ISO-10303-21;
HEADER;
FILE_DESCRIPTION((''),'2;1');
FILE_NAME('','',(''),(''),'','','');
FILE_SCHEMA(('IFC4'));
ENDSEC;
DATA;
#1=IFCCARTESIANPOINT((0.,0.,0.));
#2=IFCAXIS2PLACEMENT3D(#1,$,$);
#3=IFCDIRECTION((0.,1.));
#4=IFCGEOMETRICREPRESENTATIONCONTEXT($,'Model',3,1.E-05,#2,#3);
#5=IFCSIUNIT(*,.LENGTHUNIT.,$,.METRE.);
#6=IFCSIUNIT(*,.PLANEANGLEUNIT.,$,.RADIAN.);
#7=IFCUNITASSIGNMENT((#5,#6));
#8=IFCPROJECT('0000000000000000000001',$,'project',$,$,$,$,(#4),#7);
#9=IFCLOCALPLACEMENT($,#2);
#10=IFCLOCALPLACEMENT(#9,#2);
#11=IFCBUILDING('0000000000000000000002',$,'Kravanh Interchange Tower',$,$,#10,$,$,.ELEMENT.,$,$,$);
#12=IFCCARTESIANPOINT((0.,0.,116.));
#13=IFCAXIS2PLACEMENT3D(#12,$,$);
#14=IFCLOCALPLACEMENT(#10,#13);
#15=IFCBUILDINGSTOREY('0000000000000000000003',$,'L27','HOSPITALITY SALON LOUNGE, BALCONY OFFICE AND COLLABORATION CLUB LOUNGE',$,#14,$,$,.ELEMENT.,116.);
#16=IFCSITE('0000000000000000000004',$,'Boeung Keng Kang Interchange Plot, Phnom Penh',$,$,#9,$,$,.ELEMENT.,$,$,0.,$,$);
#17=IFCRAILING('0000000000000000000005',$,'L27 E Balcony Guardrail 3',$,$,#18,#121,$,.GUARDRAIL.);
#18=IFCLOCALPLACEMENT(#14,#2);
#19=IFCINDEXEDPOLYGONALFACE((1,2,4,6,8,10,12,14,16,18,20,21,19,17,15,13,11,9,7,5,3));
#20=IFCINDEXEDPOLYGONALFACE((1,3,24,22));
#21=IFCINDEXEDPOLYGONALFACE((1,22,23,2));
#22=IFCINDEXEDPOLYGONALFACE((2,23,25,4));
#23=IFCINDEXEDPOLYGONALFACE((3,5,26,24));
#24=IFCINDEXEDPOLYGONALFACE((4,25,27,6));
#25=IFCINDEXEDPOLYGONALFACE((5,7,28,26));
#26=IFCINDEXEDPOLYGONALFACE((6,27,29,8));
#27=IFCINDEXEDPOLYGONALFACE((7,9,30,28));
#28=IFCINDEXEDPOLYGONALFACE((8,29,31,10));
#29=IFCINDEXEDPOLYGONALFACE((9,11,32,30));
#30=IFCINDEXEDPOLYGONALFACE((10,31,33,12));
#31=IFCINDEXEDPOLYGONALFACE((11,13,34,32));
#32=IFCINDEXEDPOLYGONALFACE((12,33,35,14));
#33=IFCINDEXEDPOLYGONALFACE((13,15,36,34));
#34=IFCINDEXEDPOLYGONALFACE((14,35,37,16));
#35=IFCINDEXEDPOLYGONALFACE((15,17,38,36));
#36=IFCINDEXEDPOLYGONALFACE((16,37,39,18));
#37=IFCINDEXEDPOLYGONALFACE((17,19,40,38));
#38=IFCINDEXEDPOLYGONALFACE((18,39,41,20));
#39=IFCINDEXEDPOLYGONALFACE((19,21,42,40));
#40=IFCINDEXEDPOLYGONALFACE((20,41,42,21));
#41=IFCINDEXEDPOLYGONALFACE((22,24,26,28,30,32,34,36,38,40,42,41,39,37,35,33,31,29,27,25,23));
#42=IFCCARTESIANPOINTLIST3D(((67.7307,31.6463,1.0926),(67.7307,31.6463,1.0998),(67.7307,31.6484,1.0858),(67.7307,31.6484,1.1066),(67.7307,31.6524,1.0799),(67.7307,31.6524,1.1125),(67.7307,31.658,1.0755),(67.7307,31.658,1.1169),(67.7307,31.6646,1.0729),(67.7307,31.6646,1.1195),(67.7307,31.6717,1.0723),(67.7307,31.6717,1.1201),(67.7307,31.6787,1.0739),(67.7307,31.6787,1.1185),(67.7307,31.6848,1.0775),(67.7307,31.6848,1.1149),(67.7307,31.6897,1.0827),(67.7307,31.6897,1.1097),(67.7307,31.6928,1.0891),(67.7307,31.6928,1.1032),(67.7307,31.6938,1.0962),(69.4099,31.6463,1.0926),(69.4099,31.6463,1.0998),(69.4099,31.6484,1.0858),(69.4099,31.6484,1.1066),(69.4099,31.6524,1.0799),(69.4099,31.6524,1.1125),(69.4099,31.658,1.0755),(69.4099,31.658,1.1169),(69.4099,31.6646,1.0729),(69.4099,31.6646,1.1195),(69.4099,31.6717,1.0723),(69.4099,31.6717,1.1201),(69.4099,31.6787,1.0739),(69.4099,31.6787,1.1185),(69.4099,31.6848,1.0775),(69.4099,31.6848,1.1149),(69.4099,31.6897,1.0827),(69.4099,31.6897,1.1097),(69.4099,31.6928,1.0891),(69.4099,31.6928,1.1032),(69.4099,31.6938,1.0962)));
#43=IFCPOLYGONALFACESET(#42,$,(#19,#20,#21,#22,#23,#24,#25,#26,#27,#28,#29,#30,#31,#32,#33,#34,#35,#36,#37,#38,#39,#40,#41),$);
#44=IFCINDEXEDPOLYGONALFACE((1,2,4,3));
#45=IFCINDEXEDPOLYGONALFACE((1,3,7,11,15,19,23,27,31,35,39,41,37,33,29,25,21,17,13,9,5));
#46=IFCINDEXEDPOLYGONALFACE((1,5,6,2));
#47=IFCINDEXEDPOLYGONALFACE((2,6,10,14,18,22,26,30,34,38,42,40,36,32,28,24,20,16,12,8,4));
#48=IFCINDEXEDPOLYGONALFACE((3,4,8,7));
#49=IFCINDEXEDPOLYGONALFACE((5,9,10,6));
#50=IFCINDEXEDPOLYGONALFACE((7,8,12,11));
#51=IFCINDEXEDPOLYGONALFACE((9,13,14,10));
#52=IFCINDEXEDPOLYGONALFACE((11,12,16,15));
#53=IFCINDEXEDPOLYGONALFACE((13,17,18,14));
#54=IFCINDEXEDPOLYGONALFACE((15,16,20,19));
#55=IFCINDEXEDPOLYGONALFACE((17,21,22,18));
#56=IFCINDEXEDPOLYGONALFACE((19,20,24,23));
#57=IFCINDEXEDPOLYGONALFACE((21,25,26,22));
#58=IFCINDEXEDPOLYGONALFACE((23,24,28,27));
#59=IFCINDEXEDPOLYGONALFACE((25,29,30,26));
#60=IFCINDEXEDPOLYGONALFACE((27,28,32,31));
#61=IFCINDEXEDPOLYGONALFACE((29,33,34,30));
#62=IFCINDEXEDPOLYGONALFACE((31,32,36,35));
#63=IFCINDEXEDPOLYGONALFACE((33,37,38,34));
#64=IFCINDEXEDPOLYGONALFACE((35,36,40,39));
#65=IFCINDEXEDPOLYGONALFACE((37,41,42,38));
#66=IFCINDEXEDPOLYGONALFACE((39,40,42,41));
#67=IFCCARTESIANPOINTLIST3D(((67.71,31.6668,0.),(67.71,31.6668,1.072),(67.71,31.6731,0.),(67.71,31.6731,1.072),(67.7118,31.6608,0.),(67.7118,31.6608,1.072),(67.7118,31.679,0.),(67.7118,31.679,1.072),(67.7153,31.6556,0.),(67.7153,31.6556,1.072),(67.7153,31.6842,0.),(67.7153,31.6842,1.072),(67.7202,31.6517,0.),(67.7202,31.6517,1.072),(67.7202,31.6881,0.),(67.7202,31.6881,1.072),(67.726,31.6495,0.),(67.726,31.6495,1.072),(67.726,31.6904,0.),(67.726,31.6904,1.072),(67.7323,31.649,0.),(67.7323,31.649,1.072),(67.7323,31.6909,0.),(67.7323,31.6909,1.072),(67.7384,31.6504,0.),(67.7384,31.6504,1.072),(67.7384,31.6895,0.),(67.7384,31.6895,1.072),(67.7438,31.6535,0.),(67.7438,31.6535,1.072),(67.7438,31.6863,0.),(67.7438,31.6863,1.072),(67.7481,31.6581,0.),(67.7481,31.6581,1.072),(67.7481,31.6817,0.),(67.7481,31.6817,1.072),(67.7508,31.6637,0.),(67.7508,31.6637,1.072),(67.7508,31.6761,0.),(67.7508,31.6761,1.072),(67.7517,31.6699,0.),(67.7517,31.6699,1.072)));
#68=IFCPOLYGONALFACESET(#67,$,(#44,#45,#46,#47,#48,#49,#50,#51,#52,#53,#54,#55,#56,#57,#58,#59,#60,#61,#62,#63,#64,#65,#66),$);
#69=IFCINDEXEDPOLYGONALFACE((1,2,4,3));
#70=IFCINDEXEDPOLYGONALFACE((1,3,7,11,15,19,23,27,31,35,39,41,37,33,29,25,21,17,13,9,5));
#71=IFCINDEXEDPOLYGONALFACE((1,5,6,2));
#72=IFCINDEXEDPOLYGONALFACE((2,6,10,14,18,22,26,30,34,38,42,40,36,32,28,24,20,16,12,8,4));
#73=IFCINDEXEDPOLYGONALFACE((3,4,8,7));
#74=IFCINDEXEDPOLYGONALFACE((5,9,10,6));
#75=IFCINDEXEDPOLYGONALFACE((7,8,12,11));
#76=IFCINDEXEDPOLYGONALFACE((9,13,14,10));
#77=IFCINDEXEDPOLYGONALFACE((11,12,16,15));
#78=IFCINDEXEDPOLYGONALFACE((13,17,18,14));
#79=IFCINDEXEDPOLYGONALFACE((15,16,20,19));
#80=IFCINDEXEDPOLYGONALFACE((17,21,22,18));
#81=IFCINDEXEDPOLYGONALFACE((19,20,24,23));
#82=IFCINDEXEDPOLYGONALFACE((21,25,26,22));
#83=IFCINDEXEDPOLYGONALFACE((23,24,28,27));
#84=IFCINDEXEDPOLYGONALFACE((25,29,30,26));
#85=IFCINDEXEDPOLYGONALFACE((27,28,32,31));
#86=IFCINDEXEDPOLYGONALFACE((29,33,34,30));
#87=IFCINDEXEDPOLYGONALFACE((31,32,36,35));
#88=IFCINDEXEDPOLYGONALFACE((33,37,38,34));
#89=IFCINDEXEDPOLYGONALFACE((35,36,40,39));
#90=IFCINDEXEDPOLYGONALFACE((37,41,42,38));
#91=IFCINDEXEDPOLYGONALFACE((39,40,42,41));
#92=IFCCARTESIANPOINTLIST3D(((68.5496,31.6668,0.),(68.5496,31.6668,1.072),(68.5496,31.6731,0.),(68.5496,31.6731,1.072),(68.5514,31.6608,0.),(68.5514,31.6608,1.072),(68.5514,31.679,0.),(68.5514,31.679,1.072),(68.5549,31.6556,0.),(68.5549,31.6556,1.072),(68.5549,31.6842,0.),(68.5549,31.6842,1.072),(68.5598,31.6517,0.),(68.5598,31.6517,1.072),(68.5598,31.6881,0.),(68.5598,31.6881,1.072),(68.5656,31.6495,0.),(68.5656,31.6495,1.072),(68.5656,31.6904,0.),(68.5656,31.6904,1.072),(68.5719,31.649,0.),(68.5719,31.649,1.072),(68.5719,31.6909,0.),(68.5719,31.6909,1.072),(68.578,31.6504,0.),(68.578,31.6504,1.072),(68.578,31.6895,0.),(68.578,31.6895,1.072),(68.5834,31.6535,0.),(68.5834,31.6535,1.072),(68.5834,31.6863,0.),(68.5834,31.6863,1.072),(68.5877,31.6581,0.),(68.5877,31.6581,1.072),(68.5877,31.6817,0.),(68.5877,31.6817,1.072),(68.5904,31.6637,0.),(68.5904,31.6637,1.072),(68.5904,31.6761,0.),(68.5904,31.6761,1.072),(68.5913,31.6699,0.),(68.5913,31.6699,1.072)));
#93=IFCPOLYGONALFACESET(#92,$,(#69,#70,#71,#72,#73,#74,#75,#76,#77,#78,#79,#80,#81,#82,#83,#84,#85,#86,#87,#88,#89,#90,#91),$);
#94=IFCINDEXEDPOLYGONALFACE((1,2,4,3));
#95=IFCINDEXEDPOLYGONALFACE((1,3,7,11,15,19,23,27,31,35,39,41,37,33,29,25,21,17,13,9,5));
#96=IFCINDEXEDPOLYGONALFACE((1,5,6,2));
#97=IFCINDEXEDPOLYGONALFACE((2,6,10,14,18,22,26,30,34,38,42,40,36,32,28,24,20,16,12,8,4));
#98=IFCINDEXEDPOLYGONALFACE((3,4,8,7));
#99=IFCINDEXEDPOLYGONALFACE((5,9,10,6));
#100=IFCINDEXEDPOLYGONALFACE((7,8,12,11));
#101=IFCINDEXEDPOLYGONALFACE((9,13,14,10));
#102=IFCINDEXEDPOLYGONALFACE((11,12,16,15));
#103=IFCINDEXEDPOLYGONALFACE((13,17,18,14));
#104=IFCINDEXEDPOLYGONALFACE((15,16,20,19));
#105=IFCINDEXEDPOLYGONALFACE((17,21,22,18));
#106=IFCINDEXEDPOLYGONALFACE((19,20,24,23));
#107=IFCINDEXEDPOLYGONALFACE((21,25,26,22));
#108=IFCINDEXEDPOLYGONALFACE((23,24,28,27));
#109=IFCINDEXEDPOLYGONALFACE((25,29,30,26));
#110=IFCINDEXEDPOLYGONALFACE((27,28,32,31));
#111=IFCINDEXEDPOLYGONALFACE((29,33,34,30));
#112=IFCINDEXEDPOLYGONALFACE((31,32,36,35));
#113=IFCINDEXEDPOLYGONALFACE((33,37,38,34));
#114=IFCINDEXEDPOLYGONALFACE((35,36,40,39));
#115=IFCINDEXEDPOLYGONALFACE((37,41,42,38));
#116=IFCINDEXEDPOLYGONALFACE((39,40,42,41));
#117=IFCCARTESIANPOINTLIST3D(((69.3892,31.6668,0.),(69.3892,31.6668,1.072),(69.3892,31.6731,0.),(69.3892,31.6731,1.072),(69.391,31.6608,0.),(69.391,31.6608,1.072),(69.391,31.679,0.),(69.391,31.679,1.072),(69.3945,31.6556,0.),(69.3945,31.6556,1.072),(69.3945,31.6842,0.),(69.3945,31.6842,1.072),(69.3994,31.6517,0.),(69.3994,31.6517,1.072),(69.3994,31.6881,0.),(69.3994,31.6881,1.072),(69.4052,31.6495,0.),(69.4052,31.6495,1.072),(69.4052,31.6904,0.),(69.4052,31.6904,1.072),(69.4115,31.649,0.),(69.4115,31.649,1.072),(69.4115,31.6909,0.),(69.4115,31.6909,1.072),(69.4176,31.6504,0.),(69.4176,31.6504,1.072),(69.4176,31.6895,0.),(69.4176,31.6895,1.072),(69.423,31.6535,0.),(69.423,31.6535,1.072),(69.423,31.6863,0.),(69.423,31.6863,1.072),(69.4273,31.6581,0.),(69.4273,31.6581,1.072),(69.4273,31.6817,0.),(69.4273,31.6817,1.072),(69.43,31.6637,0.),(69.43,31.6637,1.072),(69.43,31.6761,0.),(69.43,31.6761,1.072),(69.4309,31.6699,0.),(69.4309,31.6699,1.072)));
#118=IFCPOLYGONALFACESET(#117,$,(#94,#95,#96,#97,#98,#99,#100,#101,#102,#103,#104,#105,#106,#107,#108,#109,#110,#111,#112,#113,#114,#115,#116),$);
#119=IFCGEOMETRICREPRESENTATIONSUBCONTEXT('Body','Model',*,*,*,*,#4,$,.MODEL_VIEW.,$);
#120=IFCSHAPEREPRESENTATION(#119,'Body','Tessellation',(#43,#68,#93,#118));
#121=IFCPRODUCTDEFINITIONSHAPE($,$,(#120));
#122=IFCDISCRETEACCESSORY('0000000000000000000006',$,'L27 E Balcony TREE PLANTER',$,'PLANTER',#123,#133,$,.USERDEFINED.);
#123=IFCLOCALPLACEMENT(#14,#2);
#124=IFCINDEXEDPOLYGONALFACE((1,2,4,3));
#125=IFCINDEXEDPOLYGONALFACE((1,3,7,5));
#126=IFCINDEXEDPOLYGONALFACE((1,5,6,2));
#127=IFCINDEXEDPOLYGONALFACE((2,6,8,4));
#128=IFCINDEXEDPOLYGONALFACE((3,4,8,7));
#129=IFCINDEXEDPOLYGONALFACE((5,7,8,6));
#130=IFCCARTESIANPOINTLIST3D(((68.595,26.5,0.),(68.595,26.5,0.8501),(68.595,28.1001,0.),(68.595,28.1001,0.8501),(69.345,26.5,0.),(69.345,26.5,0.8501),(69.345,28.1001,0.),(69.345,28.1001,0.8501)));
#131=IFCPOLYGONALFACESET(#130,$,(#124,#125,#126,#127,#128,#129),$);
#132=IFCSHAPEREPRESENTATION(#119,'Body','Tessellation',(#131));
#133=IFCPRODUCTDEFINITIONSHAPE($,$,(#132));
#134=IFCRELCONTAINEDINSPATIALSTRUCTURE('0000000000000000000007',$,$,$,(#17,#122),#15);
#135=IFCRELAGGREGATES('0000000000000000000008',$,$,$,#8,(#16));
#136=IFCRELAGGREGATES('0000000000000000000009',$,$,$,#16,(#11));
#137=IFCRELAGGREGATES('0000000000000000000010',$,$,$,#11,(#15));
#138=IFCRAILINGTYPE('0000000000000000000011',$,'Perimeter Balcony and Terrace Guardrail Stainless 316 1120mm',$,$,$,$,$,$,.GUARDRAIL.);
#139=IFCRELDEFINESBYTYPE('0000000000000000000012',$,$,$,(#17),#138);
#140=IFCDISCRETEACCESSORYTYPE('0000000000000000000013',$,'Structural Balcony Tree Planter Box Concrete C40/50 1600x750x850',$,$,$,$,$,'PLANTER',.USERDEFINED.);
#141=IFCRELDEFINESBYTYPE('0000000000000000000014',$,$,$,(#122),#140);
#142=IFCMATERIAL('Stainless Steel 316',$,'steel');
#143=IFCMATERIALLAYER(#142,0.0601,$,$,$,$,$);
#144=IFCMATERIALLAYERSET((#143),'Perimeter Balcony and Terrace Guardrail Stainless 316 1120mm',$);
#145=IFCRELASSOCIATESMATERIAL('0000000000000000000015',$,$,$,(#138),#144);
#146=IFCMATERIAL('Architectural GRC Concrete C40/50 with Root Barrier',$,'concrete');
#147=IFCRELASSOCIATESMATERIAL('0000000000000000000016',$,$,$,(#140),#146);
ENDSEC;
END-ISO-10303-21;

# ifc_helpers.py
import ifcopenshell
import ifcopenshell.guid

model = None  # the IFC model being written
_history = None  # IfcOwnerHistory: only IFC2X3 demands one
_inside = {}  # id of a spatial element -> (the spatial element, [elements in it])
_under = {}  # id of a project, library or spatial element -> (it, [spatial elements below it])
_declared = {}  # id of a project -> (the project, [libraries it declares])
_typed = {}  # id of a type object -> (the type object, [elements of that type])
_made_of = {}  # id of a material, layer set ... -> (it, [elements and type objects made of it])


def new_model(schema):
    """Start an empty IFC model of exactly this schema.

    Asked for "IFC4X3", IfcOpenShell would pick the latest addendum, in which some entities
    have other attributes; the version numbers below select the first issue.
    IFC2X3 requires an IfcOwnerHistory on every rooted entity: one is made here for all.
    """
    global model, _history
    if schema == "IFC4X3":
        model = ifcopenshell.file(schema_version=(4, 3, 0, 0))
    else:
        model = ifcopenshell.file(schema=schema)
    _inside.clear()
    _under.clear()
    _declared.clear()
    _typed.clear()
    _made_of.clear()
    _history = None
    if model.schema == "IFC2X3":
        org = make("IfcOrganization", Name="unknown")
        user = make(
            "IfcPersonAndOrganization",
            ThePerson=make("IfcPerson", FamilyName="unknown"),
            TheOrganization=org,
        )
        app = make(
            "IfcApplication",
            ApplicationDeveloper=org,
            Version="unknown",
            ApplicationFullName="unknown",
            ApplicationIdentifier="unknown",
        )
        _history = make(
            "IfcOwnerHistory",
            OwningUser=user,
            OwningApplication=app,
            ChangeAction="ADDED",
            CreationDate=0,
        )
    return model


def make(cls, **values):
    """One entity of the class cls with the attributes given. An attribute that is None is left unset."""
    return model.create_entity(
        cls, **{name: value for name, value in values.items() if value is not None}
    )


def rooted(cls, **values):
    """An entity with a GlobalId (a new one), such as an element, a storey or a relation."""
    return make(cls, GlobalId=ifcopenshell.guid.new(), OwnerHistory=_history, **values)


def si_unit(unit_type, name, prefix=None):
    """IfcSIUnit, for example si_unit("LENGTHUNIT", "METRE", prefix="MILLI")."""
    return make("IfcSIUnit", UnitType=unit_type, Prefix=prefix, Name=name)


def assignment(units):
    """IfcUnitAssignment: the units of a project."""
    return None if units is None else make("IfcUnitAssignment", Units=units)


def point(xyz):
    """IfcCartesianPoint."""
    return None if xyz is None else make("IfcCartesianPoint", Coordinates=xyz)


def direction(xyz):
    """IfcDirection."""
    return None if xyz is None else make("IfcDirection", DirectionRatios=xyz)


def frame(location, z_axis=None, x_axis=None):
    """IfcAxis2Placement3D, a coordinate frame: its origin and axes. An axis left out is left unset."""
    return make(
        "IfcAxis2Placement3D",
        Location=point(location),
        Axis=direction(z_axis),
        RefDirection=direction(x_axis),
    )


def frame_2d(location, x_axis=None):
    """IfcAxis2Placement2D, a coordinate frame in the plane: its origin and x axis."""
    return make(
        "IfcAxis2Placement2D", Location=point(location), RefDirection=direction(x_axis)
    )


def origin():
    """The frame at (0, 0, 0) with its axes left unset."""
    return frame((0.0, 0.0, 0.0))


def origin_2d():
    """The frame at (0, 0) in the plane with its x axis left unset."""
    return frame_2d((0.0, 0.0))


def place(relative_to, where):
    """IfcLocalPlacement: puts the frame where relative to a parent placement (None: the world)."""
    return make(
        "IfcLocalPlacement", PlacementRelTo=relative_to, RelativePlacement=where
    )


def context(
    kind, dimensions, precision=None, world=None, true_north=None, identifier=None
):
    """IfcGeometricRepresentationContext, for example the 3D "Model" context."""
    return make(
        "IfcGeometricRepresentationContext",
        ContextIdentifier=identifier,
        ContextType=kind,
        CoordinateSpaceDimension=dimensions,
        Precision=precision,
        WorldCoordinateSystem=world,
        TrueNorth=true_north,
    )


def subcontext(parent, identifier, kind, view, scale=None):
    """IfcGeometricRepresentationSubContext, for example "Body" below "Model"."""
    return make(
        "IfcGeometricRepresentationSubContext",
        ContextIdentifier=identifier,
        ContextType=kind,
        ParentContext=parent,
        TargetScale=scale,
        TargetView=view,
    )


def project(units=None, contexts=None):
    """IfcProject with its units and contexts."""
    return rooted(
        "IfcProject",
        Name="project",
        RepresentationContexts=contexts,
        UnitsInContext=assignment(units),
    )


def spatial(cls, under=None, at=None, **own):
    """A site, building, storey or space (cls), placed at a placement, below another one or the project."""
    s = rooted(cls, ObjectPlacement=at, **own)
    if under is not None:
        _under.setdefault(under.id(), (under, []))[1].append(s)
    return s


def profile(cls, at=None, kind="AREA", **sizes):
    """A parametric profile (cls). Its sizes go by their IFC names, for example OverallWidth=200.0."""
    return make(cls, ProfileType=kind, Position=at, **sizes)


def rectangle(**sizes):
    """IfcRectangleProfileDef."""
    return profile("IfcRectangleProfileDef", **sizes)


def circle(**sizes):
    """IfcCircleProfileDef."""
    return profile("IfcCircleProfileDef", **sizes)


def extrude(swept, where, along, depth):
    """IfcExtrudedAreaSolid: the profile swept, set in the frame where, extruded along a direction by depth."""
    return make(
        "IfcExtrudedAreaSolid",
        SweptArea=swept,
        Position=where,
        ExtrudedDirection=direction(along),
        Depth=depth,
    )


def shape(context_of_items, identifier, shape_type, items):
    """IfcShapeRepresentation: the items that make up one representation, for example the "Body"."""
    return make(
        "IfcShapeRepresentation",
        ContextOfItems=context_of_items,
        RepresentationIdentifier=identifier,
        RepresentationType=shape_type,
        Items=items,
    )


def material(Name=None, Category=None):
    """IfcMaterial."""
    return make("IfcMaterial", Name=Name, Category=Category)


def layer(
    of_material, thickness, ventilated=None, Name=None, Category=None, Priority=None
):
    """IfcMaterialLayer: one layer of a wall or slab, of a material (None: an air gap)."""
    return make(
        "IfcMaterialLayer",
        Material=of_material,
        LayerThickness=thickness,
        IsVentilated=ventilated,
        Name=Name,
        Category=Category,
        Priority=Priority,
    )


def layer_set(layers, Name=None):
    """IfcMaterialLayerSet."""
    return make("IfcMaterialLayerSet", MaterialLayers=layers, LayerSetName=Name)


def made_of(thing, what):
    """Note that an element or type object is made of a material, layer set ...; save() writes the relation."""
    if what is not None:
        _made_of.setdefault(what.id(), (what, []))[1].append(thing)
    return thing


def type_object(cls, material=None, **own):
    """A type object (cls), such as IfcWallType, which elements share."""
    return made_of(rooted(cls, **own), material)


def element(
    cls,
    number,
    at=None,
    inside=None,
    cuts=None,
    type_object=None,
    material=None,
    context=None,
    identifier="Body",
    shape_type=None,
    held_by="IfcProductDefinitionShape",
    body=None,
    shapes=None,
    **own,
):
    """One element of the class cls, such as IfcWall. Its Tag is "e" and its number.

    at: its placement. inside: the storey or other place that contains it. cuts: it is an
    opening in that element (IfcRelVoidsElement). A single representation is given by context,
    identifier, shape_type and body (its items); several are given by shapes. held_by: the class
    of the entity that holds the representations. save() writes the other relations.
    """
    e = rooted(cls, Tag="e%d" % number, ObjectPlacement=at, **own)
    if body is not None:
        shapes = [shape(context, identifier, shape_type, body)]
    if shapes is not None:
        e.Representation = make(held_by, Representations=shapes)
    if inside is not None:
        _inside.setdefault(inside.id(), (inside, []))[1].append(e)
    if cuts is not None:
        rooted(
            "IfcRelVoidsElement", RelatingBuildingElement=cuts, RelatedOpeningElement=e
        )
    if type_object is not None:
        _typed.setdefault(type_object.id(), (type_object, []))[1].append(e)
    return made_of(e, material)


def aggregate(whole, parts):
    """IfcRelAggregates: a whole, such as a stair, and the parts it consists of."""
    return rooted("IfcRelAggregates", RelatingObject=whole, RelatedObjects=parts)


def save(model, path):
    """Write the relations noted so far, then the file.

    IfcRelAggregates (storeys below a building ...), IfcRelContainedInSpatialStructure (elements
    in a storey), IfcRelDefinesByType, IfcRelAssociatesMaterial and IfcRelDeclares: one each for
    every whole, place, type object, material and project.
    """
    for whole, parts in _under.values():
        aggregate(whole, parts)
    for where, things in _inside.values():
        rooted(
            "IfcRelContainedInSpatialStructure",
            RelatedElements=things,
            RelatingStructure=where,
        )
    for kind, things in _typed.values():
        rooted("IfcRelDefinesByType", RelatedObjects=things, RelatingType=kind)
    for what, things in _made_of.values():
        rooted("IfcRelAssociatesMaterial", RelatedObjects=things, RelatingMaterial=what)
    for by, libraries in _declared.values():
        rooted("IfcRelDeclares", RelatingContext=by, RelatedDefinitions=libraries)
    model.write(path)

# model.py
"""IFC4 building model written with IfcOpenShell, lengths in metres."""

from ifc_helpers import new_model, si_unit, direction, frame, origin, origin_2d, place, context, subcontext, project, spatial, rectangle, circle, extrude, material, layer, layer_set, type_object, element, save


model = new_model("IFC4")

# Units and contexts
model_context = context("Model", 3, precision=1e-05, world=origin(), true_north=direction((0.0, 1.0)))
body_context = subcontext(model_context, "Body", "Model", "MODEL_VIEW")
ifc_project = project(units=[si_unit("LENGTHUNIT", "METRE"), si_unit("PLANEANGLEUNIT", "RADIAN")], contexts=[model_context])

# Site, building, storey
site_placement = place(None, origin())
site = spatial("IfcSite", under=ifc_project, at=site_placement, Name="Boeung Keng Kang Interchange Plot, Phnom Penh", CompositionType="ELEMENT", RefElevation=0.0)
building_placement = place(site_placement, origin())
building = spatial("IfcBuilding", under=site, at=building_placement, Name="Kravanh Interchange Tower", CompositionType="ELEMENT")
storey_placement = place(building_placement, frame((0.0, 0.0, 116.0)))
storey = spatial("IfcBuildingStorey", under=building, at=storey_placement, Name="L27", Description="HOSPITALITY SALON LOUNGE, BALCONY OFFICE AND COLLABORATION CLUB LOUNGE", CompositionType="ELEMENT", Elevation=116.0)

# Railing
ifc_material_1 = material(Name="Stainless Steel 316", Category="steel")
ifc_layer_1 = layer(ifc_material_1, 0.0601)
ifc_layer_set_1 = layer_set([ifc_layer_1], Name="Perimeter Balcony and Terrace Guardrail Stainless 316 1120mm")
railing_type = type_object("IfcRailingType", Name="Perimeter Balcony and Terrace Guardrail Stainless 316 1120mm", PredefinedType="GUARDRAIL", material=ifc_layer_set_1)
railing_1_placement = place(storey_placement, frame((67.7307, 31.6699, 0.0)))
element("IfcRailing", 1, at=railing_1_placement, inside=storey, type_object=railing_type, Name="L27 E Balcony Guardrail 3", PredefinedType="GUARDRAIL", context=body_context, shape_type="SweptSolid", body=[
    extrude(circle(Radius=0.0239, at=origin_2d()), frame((0.0, 0.0, 1.0962), z_axis=(1.0, 0.0, 0.0), x_axis=(0.0, 1.0, 0.0)), (0.0, 0.0, 1.0), 1.6792),
    extrude(circle(Radius=0.021, at=origin_2d()), origin(), (0.0, 0.0, 1.0), 1.072),
    extrude(circle(Radius=0.021, at=origin_2d()), frame((0.8396, 0.0, 0.0)), (0.0, 0.0, 1.0), 1.072),
    extrude(circle(Radius=0.021, at=origin_2d()), frame((1.6792, 0.0, 0.0)), (0.0, 0.0, 1.0), 1.072),
])

# Discrete accessory
ifc_material_2 = material(Name="Architectural GRC Concrete C40/50 with Root Barrier", Category="concrete")
discrete_accessory_type = type_object("IfcDiscreteAccessoryType", Name="Structural Balcony Tree Planter Box Concrete C40/50 1600x750x850", ElementType="PLANTER", PredefinedType="USERDEFINED", material=ifc_material_2)
discrete_accessory_placement = place(storey_placement, frame((68.97, 27.3, 0.0), z_axis=(0.0, 0.0, 1.0), x_axis=(1.0, 0.0, 0.0)))
element("IfcDiscreteAccessory", 2, at=discrete_accessory_placement, inside=storey, type_object=discrete_accessory_type, Name="L27 E Balcony TREE PLANTER", ObjectType="PLANTER", PredefinedType="USERDEFINED", context=body_context, shape_type="SweptSolid", body=[
    extrude(rectangle(XDim=0.75, YDim=1.6001, at=origin_2d()), origin(), (0.0, 0.0, 1.0), 0.8501),
])

save(model, "model.ifc")
